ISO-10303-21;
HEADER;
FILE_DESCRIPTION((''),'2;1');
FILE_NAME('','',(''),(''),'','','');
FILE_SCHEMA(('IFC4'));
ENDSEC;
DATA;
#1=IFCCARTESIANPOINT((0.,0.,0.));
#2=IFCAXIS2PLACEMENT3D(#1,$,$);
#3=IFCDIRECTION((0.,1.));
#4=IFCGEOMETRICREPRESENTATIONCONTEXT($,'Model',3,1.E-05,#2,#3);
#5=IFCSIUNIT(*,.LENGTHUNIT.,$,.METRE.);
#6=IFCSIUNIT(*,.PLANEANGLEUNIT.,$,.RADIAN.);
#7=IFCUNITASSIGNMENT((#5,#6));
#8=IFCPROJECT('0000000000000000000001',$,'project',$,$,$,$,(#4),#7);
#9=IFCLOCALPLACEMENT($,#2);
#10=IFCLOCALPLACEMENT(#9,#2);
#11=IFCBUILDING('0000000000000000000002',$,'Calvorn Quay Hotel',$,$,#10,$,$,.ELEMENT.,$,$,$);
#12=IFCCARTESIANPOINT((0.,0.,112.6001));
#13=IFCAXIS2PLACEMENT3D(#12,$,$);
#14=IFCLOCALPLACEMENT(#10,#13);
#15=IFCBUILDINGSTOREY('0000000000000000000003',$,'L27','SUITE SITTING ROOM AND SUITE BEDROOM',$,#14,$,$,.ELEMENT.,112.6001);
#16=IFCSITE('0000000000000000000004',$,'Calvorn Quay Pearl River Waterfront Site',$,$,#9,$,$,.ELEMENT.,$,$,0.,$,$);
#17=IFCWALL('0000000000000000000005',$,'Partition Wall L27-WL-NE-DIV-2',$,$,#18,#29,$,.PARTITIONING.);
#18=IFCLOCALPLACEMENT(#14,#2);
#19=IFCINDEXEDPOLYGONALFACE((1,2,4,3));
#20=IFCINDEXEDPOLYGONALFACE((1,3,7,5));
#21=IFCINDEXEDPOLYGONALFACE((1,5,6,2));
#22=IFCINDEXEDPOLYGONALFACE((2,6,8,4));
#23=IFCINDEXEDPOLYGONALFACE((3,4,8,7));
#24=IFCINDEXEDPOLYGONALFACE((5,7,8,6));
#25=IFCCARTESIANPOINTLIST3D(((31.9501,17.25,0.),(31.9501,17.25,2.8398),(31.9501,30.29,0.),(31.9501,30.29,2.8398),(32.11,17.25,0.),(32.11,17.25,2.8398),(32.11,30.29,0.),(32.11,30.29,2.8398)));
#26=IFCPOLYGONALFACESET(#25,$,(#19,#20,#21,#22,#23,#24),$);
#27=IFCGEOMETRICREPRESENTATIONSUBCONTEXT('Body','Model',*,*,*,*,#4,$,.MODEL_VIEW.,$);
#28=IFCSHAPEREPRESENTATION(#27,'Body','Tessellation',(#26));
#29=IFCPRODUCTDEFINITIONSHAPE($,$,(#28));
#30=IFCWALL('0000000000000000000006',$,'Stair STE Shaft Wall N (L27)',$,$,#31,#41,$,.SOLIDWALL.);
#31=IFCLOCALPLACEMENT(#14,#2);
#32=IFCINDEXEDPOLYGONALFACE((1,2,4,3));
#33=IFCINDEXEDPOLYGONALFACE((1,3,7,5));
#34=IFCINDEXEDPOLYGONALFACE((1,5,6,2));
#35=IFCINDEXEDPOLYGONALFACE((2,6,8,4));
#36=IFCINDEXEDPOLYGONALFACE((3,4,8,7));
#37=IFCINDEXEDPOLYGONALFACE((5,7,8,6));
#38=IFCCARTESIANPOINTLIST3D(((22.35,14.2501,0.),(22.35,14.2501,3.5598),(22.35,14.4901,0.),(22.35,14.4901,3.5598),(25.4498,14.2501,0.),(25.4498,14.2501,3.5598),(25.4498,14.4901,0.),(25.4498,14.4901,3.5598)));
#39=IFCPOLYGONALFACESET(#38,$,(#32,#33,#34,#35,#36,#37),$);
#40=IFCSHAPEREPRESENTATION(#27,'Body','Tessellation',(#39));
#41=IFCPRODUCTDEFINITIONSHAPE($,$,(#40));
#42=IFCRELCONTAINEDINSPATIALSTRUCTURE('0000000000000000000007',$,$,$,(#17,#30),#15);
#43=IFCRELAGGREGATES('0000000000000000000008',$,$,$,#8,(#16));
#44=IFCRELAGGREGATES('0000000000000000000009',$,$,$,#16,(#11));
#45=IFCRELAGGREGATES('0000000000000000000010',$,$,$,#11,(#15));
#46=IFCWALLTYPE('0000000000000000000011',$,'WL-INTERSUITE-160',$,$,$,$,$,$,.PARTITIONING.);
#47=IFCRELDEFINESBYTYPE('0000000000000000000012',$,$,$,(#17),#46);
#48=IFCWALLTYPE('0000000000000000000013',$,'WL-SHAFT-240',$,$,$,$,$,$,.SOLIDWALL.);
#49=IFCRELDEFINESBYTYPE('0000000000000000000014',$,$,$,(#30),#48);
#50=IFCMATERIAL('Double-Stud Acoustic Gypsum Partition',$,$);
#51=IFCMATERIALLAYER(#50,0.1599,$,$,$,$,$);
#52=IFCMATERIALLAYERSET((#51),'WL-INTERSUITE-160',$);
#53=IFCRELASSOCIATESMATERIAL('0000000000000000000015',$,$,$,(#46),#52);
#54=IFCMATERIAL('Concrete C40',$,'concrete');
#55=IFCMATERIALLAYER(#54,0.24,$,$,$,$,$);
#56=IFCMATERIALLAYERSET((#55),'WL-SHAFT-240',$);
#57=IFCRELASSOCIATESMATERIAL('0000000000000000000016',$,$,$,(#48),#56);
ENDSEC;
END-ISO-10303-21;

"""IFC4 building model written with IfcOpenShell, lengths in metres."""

from ifc_helpers import new_model, si_unit, direction, frame, frame_2d, origin, place, context, subcontext, project, spatial, rectangle, extrude, material, layer, layer_set, type_object, element, save


model = new_model("IFC4")

# Units and contexts
model_context = context("Model", 3, precision=1e-05, world=origin(), true_north=direction((0.0, 1.0)))
body_context = subcontext(model_context, "Body", "Model", "MODEL_VIEW")
ifc_project = project(units=[si_unit("LENGTHUNIT", "METRE"), si_unit("PLANEANGLEUNIT", "RADIAN")], contexts=[model_context])

# Site, building, storey
site_placement = place(None, origin())
site = spatial("IfcSite", under=ifc_project, at=site_placement, Name="Calvorn Quay Pearl River Waterfront Site", CompositionType="ELEMENT", RefElevation=0.0)
building_placement = place(site_placement, origin())
building = spatial("IfcBuilding", under=site, at=building_placement, Name="Calvorn Quay Hotel", CompositionType="ELEMENT")
storey_placement = place(building_placement, frame((0.0, 0.0, 112.6001)))
storey = spatial("IfcBuildingStorey", under=building, at=storey_placement, Name="L27", Description="SUITE SITTING ROOM AND SUITE BEDROOM", CompositionType="ELEMENT", Elevation=112.6001)

# Walls
ifc_material_1 = material(Name="Double-Stud Acoustic Gypsum Partition")
ifc_layer_1 = layer(ifc_material_1, 0.1599)
ifc_layer_set_1 = layer_set([ifc_layer_1], Name="WL-INTERSUITE-160")
wall_type_1 = type_object("IfcWallType", Name="WL-INTERSUITE-160", PredefinedType="PARTITIONING", material=ifc_layer_set_1)
wall_1_placement = place(storey_placement, frame((32.03, 17.25, 0.0), z_axis=(0.0, 0.0, 1.0), x_axis=(0.0, 1.0, 0.0)))
element("IfcWall", 1, at=wall_1_placement, inside=storey, type_object=wall_type_1, Name="Partition Wall L27-WL-NE-DIV-2", PredefinedType="PARTITIONING", context=body_context, shape_type="SweptSolid", body=[
    extrude(rectangle(XDim=13.04, YDim=0.1599, at=frame_2d((6.52, 0.0))), origin(), (0.0, 0.0, 1.0), 2.8398),
])
ifc_material_2 = material(Name="Concrete C40", Category="concrete")
ifc_layer_2 = layer(ifc_material_2, 0.24)
ifc_layer_set_2 = layer_set([ifc_layer_2], Name="WL-SHAFT-240")
wall_type_2 = type_object("IfcWallType", Name="WL-SHAFT-240", PredefinedType="SOLIDWALL", material=ifc_layer_set_2)
wall_2_placement = place(storey_placement, frame((22.3501, 14.3701, 0.0), z_axis=(0.0, 0.0, 1.0), x_axis=(1.0, 0.0, 0.0)))
element("IfcWall", 2, at=wall_2_placement, inside=storey, type_object=wall_type_2, Name="Stair STE Shaft Wall N (L27)", PredefinedType="SOLIDWALL", context=body_context, shape_type="SweptSolid", body=[
    extrude(rectangle(XDim=3.0999, YDim=0.24, at=frame_2d((1.5498, 0.0))), origin(), (0.0, 0.0, 1.0), 3.5598),
])

save(model, "model.ifc")
